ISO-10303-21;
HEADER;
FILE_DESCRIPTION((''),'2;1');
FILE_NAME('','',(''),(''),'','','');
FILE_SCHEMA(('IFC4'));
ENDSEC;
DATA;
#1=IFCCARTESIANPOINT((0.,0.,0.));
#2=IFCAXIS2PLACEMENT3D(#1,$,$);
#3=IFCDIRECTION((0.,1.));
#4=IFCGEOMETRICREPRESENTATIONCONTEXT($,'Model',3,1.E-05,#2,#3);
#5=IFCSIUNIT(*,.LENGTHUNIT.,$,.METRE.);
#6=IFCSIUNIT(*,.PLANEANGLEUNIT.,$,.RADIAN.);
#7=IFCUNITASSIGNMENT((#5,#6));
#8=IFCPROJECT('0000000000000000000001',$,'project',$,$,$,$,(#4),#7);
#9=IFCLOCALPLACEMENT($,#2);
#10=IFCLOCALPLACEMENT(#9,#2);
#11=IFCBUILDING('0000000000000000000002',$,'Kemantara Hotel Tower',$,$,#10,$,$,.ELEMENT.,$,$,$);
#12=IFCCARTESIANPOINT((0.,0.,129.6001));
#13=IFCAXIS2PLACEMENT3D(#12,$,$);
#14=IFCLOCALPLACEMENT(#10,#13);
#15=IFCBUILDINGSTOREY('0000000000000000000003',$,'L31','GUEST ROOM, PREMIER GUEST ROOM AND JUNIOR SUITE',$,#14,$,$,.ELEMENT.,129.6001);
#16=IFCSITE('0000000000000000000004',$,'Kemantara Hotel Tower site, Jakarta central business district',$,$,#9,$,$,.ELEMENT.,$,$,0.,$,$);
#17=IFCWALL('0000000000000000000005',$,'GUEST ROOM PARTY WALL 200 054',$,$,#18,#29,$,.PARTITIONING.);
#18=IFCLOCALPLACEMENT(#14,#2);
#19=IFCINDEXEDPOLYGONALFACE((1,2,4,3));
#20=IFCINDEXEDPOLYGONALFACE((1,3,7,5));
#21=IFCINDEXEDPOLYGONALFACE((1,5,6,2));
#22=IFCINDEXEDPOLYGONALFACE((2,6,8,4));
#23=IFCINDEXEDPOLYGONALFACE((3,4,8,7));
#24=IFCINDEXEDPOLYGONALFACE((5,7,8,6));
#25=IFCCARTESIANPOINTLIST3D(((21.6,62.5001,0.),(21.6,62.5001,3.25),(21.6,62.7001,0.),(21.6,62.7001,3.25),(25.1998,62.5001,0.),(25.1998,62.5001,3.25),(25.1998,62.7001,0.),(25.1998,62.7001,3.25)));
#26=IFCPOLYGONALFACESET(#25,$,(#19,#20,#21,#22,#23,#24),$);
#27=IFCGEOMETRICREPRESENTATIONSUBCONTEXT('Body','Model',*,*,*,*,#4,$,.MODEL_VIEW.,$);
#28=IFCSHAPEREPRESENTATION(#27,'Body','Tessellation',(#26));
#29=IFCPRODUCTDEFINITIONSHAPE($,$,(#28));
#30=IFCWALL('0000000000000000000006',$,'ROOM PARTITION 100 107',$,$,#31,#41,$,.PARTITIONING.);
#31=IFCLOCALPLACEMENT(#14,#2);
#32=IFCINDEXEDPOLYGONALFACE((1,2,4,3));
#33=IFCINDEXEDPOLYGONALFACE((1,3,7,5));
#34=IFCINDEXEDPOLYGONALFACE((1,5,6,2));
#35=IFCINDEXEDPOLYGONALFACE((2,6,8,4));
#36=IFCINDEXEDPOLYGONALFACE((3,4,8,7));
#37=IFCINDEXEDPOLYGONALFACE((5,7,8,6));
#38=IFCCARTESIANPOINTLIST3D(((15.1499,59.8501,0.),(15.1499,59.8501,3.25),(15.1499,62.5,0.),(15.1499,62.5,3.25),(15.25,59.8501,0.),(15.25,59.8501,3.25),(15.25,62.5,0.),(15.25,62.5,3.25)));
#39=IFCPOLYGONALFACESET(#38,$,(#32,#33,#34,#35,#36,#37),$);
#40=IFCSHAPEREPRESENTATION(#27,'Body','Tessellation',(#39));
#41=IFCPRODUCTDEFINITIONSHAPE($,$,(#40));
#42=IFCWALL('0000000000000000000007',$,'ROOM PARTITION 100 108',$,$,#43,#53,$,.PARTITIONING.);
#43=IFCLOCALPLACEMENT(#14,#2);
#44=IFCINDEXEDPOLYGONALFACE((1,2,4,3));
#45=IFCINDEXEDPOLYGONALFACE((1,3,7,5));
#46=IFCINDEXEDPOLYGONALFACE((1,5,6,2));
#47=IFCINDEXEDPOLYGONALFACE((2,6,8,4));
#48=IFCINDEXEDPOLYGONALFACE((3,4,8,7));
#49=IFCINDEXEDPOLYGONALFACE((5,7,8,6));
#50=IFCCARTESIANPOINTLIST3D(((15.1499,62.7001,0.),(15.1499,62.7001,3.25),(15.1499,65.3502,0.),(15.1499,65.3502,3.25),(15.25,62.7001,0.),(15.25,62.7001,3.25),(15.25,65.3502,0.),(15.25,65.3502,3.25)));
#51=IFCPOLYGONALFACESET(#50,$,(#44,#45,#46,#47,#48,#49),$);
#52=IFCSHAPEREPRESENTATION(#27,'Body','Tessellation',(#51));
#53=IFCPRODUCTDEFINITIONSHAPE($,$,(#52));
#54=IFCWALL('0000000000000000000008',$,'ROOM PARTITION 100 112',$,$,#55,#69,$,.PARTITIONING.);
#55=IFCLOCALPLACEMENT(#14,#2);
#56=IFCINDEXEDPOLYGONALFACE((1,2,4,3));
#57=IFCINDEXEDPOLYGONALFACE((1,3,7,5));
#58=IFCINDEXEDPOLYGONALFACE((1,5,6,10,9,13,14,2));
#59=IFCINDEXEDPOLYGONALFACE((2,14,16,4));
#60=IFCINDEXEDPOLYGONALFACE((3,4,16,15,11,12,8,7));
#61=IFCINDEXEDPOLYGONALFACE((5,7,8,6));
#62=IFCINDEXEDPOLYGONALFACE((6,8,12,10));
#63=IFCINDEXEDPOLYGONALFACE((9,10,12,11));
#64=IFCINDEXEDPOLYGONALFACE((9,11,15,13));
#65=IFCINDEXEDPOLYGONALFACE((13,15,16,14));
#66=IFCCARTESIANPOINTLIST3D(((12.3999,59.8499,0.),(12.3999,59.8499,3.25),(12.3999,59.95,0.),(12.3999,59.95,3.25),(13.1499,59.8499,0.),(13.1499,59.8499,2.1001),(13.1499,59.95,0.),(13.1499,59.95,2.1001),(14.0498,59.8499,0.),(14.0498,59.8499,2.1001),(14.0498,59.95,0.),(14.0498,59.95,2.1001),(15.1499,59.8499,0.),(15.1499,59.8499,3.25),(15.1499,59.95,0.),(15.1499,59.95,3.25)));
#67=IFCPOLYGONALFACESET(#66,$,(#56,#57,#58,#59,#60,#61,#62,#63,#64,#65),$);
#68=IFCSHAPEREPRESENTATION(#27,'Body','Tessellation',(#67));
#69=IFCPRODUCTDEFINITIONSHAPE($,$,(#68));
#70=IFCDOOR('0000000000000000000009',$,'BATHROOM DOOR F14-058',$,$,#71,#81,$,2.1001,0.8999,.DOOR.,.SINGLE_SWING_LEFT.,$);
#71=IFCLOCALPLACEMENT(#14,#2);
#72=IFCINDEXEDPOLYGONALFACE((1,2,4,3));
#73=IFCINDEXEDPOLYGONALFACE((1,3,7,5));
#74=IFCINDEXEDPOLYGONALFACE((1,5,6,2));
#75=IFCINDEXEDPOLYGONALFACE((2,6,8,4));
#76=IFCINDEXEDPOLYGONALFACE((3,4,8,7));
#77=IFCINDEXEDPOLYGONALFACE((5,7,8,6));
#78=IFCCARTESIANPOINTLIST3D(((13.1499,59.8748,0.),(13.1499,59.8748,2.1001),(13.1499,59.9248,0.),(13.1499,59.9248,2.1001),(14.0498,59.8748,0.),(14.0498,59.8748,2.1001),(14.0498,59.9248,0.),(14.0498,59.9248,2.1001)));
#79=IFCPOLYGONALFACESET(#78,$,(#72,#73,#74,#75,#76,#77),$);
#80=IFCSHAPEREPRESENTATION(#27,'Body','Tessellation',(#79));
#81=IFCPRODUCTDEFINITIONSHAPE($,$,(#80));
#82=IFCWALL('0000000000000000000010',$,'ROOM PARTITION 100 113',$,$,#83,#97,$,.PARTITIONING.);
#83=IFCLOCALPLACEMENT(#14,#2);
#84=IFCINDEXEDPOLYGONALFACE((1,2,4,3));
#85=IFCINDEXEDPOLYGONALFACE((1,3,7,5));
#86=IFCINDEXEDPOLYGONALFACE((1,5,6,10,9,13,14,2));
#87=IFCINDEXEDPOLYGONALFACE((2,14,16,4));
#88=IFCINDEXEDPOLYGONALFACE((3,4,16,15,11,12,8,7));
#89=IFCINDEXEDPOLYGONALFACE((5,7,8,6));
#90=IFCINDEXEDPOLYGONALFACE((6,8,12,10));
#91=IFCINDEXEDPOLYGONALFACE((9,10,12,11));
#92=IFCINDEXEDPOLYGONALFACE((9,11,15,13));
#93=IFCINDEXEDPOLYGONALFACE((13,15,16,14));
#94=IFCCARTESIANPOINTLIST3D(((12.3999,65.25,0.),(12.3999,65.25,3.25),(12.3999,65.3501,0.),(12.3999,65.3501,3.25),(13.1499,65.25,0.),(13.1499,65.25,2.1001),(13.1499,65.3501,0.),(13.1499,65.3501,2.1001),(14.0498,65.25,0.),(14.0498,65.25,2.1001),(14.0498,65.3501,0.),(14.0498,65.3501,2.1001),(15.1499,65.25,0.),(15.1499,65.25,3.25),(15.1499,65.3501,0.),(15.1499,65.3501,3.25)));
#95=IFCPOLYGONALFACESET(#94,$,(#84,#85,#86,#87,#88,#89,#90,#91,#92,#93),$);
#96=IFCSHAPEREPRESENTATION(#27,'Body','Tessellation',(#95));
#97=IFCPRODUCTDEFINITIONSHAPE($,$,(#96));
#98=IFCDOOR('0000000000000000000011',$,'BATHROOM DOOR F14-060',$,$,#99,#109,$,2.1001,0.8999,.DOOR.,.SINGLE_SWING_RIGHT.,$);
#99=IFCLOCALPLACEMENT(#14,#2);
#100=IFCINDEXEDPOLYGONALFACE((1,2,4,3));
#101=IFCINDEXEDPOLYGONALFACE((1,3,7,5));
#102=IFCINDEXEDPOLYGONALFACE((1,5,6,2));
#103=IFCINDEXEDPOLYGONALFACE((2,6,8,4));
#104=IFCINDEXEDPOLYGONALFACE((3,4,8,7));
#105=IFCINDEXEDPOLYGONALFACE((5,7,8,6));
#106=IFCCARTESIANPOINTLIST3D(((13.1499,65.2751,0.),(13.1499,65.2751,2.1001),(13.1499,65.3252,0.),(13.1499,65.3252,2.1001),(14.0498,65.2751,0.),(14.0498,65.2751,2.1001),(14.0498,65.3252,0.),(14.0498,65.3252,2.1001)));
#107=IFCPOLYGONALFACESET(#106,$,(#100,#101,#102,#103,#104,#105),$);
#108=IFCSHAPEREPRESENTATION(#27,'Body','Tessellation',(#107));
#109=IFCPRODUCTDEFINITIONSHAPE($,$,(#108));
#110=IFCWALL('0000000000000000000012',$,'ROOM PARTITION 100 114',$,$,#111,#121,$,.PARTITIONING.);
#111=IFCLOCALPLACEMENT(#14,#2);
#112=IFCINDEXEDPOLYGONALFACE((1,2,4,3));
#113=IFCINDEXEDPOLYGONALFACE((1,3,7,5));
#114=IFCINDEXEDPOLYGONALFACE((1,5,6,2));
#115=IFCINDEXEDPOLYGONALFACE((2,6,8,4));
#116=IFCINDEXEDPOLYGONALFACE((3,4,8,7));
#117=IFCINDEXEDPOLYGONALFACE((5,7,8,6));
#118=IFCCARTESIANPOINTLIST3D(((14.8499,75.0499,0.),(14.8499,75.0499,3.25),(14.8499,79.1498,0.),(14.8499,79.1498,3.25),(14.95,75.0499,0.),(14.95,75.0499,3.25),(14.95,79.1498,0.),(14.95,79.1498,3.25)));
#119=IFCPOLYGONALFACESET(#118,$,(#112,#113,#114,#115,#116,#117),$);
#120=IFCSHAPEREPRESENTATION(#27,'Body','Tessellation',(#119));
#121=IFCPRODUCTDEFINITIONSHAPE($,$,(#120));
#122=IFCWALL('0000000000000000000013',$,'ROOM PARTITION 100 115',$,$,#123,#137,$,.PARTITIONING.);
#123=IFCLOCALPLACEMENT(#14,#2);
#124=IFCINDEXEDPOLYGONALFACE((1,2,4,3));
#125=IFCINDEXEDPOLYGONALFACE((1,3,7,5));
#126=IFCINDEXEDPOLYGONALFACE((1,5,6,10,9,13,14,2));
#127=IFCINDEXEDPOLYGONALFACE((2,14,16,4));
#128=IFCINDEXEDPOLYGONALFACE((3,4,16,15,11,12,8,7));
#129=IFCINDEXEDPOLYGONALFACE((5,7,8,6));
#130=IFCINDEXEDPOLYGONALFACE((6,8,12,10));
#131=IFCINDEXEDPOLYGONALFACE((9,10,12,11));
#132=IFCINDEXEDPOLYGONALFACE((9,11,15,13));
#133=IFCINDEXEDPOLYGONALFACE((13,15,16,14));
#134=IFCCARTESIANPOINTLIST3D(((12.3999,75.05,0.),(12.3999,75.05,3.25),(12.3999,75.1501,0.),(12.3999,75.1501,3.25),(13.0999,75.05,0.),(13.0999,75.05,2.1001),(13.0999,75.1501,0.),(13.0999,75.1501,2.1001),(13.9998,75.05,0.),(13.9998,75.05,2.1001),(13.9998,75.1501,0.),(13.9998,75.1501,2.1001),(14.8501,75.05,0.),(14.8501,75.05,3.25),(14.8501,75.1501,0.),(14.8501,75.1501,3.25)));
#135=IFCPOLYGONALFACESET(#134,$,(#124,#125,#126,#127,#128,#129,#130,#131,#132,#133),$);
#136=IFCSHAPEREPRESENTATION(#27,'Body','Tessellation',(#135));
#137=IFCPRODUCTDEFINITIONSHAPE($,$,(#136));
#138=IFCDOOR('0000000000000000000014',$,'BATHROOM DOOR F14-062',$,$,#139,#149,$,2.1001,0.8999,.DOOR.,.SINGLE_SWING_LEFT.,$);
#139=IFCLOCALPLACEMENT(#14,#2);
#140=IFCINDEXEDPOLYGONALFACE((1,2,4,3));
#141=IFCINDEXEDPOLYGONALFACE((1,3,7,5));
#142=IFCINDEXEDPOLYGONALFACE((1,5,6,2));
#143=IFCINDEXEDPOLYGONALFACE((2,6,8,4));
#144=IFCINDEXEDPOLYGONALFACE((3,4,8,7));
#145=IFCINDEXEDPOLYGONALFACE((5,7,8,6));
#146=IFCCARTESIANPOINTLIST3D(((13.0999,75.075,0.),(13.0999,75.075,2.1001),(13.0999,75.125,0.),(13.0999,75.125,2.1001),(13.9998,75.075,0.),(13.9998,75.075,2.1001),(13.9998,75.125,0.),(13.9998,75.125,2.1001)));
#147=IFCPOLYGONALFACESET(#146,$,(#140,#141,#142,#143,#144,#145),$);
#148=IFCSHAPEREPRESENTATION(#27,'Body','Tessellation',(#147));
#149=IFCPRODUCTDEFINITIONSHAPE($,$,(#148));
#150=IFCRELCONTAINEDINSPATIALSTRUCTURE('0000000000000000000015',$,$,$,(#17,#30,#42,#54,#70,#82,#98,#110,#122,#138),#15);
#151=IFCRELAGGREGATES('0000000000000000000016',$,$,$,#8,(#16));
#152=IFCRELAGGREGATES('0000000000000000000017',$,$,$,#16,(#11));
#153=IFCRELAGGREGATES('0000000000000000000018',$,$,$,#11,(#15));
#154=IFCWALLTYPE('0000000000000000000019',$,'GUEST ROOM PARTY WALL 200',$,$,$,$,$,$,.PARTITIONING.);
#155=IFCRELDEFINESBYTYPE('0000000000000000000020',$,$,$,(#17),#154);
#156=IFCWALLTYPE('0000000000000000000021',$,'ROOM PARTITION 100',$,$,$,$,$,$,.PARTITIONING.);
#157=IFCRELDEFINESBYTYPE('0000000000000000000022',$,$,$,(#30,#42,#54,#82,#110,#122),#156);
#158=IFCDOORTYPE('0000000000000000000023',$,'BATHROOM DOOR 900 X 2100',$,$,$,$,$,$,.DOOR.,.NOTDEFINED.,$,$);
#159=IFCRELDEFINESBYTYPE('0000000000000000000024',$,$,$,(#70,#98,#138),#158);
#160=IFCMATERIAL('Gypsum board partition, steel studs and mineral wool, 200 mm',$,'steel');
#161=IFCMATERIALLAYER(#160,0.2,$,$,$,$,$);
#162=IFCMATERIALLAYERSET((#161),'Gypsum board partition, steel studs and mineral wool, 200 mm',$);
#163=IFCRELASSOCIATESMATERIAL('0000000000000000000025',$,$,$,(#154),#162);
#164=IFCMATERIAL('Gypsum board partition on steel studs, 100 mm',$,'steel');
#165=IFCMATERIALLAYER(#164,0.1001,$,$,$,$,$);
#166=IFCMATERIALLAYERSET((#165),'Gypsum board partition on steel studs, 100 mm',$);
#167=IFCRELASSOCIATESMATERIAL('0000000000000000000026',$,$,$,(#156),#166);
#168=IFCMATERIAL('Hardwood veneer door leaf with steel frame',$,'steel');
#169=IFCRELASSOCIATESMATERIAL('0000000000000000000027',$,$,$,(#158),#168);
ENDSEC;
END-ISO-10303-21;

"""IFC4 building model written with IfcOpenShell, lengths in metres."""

from ifc_helpers import new_model, si_unit, direction, frame, frame_2d, origin, place, context, subcontext, project, spatial, rectangle, extrude, material, layer, layer_set, type_object, element, fill, save


model = new_model("IFC4")

# Units and contexts
model_context = context("Model", 3, precision=1e-05, world=origin(), true_north=direction((0.0, 1.0)))
body_context = subcontext(model_context, "Body", "Model", "MODEL_VIEW")
ifc_project = project(units=[si_unit("LENGTHUNIT", "METRE"), si_unit("PLANEANGLEUNIT", "RADIAN")], contexts=[model_context])

# Site, building, storey
site_placement = place(None, origin())
site = spatial("IfcSite", under=ifc_project, at=site_placement, Name="Kemantara Hotel Tower site, Jakarta central business district", CompositionType="ELEMENT", RefElevation=0.0)
building_placement = place(site_placement, origin())
building = spatial("IfcBuilding", under=site, at=building_placement, Name="Kemantara Hotel Tower", CompositionType="ELEMENT")
storey_placement = place(building_placement, frame((0.0, 0.0, 129.6001)))
storey = spatial("IfcBuildingStorey", under=building, at=storey_placement, Name="L31", Description="GUEST ROOM, PREMIER GUEST ROOM AND JUNIOR SUITE", CompositionType="ELEMENT", Elevation=129.6001)

# Walls
ifc_material_1 = material(Name="Gypsum board partition, steel studs and mineral wool, 200 mm", Category="steel")
ifc_layer_1 = layer(ifc_material_1, 0.2)
ifc_layer_set_1 = layer_set([ifc_layer_1], Name="Gypsum board partition, steel studs and mineral wool, 200 mm")
wall_type_1 = type_object("IfcWallType", Name="GUEST ROOM PARTY WALL 200", PredefinedType="PARTITIONING", material=ifc_layer_set_1)
wall_1_placement = place(storey_placement, frame((21.6001, 62.6001, 0.0), z_axis=(0.0, 0.0, 1.0), x_axis=(1.0, 0.0, 0.0)))
element("IfcWall", 1, at=wall_1_placement, inside=storey, type_object=wall_type_1, Name="GUEST ROOM PARTY WALL 200 054", PredefinedType="PARTITIONING", context=body_context, shape_type="SweptSolid", body=[
    extrude(rectangle(XDim=3.5999, YDim=0.2, at=frame_2d((1.7998, 0.0))), origin(), (0.0, 0.0, 1.0), 3.25),
])
ifc_material_2 = material(Name="Gypsum board partition on steel studs, 100 mm", Category="steel")
ifc_layer_2 = layer(ifc_material_2, 0.1001)
ifc_layer_set_2 = layer_set([ifc_layer_2], Name="Gypsum board partition on steel studs, 100 mm")
wall_type_2 = type_object("IfcWallType", Name="ROOM PARTITION 100", PredefinedType="PARTITIONING", material=ifc_layer_set_2)
wall_2_placement = place(storey_placement, frame((15.2, 59.8501, 0.0), z_axis=(0.0, 0.0, 1.0), x_axis=(0.0, 1.0, 0.0)))
element("IfcWall", 2, at=wall_2_placement, inside=storey, type_object=wall_type_2, Name="ROOM PARTITION 100 107", PredefinedType="PARTITIONING", context=body_context, shape_type="SweptSolid", body=[
    extrude(rectangle(XDim=2.6499, YDim=0.1001, at=frame_2d((1.325, 0.0))), origin(), (0.0, 0.0, 1.0), 3.25),
])
wall_3_placement = place(storey_placement, frame((15.2, 62.7, 0.0), z_axis=(0.0, 0.0, 1.0), x_axis=(0.0, 1.0, 0.0)))
element("IfcWall", 3, at=wall_3_placement, inside=storey, type_object=wall_type_2, Name="ROOM PARTITION 100 108", PredefinedType="PARTITIONING", context=body_context, shape_type="SweptSolid", body=[
    extrude(rectangle(XDim=2.6501, YDim=0.1001, at=frame_2d((1.3252, 0.0))), origin(), (0.0, 0.0, 1.0), 3.25),
])

# Walls, openings, doors
wall_4_placement = place(storey_placement, frame((12.3999, 59.8999, 0.0), z_axis=(0.0, 0.0, 1.0), x_axis=(1.0, 0.0, 0.0)))
wall_4 = element("IfcWall", 4, at=wall_4_placement, inside=storey, type_object=wall_type_2, Name="ROOM PARTITION 100 112", PredefinedType="PARTITIONING", context=body_context, shape_type="SweptSolid", body=[
    extrude(rectangle(XDim=2.75, YDim=0.1001, at=frame_2d((1.375, 0.0))), origin(), (0.0, 0.0, 1.0), 3.25),
])
opening_1_placement = place(wall_4_placement, frame((0.75, 0.0, 0.0)))
opening_1 = element("IfcOpeningElement", 5, at=opening_1_placement, cuts=wall_4, PredefinedType="OPENING", context=body_context, shape_type="SweptSolid", body=[
    extrude(rectangle(XDim=0.8999, YDim=2.1001, at=frame_2d((0.45, 1.05))), frame((0.0, 0.0601, 0.0), z_axis=(0.0, -1.0, 0.0), x_axis=(1.0, 0.0, 0.0)), (0.0, 0.0, 1.0), 0.1201),
])
ifc_material_3 = material(Name="Hardwood veneer door leaf with steel frame", Category="steel")
door_type = type_object("IfcDoorType", Name="BATHROOM DOOR 900 X 2100", OperationType="NOTDEFINED", PredefinedType="DOOR", material=ifc_material_3)
door_1_placement = place(opening_1_placement, origin())
door_1 = element("IfcDoor", 6, at=door_1_placement, inside=storey, type_object=door_type, Name="BATHROOM DOOR F14-058", OperationType="SINGLE_SWING_LEFT", OverallHeight=2.1001, OverallWidth=0.8999, PredefinedType="DOOR", context=body_context, shape_type="SweptSolid", body=[
    extrude(rectangle(XDim=0.8999, YDim=2.1001, at=frame_2d((0.45, 1.05))), frame((0.0, 0.0249, 0.0), z_axis=(0.0, -1.0, 0.0), x_axis=(1.0, 0.0, 0.0)), (0.0, 0.0, 1.0), 0.05),
])
fill(opening_1, door_1)
wall_5_placement = place(storey_placement, frame((15.1499, 65.3, 0.0), z_axis=(0.0, 0.0, 1.0), x_axis=(-1.0, 0.0, 0.0)))
wall_5 = element("IfcWall", 7, at=wall_5_placement, inside=storey, type_object=wall_type_2, Name="ROOM PARTITION 100 113", PredefinedType="PARTITIONING", context=body_context, shape_type="SweptSolid", body=[
    extrude(rectangle(XDim=2.75, YDim=0.1001, at=frame_2d((1.375, 0.0))), origin(), (0.0, 0.0, 1.0), 3.25),
])
opening_2_placement = place(wall_5_placement, frame((1.1001, 0.0, 0.0)))
opening_2 = element("IfcOpeningElement", 8, at=opening_2_placement, cuts=wall_5, PredefinedType="OPENING", context=body_context, shape_type="SweptSolid", body=[
    extrude(rectangle(XDim=0.8999, YDim=2.1001, at=frame_2d((0.45, 1.05))), frame((0.0, 0.0601, 0.0), z_axis=(0.0, -1.0, 0.0), x_axis=(1.0, 0.0, 0.0)), (0.0, 0.0, 1.0), 0.1201),
])
door_2_placement = place(opening_2_placement, origin())
door_2 = element("IfcDoor", 9, at=door_2_placement, inside=storey, type_object=door_type, Name="BATHROOM DOOR F14-060", OperationType="SINGLE_SWING_RIGHT", OverallHeight=2.1001, OverallWidth=0.8999, PredefinedType="DOOR", context=body_context, shape_type="SweptSolid", body=[
    extrude(rectangle(XDim=0.8999, YDim=2.1001, at=frame_2d((0.45, 1.05))), frame((0.0, 0.0249, 0.0), z_axis=(0.0, -1.0, 0.0), x_axis=(1.0, 0.0, 0.0)), (0.0, 0.0, 1.0), 0.05),
])
fill(opening_2, door_2)

# Wall
wall_6_placement = place(storey_placement, frame((14.8999, 75.05, 0.0), z_axis=(0.0, 0.0, 1.0), x_axis=(0.0, 1.0, 0.0)))
element("IfcWall", 10, at=wall_6_placement, inside=storey, type_object=wall_type_2, Name="ROOM PARTITION 100 114", PredefinedType="PARTITIONING", context=body_context, shape_type="SweptSolid", body=[
    extrude(rectangle(XDim=4.0999, YDim=0.1001, at=frame_2d((2.0498, 0.0))), origin(), (0.0, 0.0, 1.0), 3.25),
])

# Wall, opening, door
wall_7_placement = place(storey_placement, frame((12.3999, 75.1001, 0.0), z_axis=(0.0, 0.0, 1.0), x_axis=(1.0, 0.0, 0.0)))
wall_7 = element("IfcWall", 11, at=wall_7_placement, inside=storey, type_object=wall_type_2, Name="ROOM PARTITION 100 115", PredefinedType="PARTITIONING", context=body_context, shape_type="SweptSolid", body=[
    extrude(rectangle(XDim=2.4502, YDim=0.1001, at=frame_2d((1.2251, 0.0))), origin(), (0.0, 0.0, 1.0), 3.25),
])
opening_3_placement = place(wall_7_placement, frame((0.7, 0.0, 0.0)))
opening_3 = element("IfcOpeningElement", 12, at=opening_3_placement, cuts=wall_7, PredefinedType="OPENING", context=body_context, shape_type="SweptSolid", body=[
    extrude(rectangle(XDim=0.8999, YDim=2.1001, at=frame_2d((0.45, 1.05))), frame((0.0, 0.0601, 0.0), z_axis=(0.0, -1.0, 0.0), x_axis=(1.0, 0.0, 0.0)), (0.0, 0.0, 1.0), 0.1201),
])
door_3_placement = place(opening_3_placement, origin())
door_3 = element("IfcDoor", 13, at=door_3_placement, inside=storey, type_object=door_type, Name="BATHROOM DOOR F14-062", OperationType="SINGLE_SWING_LEFT", OverallHeight=2.1001, OverallWidth=0.8999, PredefinedType="DOOR", context=body_context, shape_type="SweptSolid", body=[
    extrude(rectangle(XDim=0.8999, YDim=2.1001, at=frame_2d((0.45, 1.05))), frame((0.0, 0.0249, 0.0), z_axis=(0.0, -1.0, 0.0), x_axis=(1.0, 0.0, 0.0)), (0.0, 0.0, 1.0), 0.05),
])
fill(opening_3, door_3)

save(model, "model.ifc")
